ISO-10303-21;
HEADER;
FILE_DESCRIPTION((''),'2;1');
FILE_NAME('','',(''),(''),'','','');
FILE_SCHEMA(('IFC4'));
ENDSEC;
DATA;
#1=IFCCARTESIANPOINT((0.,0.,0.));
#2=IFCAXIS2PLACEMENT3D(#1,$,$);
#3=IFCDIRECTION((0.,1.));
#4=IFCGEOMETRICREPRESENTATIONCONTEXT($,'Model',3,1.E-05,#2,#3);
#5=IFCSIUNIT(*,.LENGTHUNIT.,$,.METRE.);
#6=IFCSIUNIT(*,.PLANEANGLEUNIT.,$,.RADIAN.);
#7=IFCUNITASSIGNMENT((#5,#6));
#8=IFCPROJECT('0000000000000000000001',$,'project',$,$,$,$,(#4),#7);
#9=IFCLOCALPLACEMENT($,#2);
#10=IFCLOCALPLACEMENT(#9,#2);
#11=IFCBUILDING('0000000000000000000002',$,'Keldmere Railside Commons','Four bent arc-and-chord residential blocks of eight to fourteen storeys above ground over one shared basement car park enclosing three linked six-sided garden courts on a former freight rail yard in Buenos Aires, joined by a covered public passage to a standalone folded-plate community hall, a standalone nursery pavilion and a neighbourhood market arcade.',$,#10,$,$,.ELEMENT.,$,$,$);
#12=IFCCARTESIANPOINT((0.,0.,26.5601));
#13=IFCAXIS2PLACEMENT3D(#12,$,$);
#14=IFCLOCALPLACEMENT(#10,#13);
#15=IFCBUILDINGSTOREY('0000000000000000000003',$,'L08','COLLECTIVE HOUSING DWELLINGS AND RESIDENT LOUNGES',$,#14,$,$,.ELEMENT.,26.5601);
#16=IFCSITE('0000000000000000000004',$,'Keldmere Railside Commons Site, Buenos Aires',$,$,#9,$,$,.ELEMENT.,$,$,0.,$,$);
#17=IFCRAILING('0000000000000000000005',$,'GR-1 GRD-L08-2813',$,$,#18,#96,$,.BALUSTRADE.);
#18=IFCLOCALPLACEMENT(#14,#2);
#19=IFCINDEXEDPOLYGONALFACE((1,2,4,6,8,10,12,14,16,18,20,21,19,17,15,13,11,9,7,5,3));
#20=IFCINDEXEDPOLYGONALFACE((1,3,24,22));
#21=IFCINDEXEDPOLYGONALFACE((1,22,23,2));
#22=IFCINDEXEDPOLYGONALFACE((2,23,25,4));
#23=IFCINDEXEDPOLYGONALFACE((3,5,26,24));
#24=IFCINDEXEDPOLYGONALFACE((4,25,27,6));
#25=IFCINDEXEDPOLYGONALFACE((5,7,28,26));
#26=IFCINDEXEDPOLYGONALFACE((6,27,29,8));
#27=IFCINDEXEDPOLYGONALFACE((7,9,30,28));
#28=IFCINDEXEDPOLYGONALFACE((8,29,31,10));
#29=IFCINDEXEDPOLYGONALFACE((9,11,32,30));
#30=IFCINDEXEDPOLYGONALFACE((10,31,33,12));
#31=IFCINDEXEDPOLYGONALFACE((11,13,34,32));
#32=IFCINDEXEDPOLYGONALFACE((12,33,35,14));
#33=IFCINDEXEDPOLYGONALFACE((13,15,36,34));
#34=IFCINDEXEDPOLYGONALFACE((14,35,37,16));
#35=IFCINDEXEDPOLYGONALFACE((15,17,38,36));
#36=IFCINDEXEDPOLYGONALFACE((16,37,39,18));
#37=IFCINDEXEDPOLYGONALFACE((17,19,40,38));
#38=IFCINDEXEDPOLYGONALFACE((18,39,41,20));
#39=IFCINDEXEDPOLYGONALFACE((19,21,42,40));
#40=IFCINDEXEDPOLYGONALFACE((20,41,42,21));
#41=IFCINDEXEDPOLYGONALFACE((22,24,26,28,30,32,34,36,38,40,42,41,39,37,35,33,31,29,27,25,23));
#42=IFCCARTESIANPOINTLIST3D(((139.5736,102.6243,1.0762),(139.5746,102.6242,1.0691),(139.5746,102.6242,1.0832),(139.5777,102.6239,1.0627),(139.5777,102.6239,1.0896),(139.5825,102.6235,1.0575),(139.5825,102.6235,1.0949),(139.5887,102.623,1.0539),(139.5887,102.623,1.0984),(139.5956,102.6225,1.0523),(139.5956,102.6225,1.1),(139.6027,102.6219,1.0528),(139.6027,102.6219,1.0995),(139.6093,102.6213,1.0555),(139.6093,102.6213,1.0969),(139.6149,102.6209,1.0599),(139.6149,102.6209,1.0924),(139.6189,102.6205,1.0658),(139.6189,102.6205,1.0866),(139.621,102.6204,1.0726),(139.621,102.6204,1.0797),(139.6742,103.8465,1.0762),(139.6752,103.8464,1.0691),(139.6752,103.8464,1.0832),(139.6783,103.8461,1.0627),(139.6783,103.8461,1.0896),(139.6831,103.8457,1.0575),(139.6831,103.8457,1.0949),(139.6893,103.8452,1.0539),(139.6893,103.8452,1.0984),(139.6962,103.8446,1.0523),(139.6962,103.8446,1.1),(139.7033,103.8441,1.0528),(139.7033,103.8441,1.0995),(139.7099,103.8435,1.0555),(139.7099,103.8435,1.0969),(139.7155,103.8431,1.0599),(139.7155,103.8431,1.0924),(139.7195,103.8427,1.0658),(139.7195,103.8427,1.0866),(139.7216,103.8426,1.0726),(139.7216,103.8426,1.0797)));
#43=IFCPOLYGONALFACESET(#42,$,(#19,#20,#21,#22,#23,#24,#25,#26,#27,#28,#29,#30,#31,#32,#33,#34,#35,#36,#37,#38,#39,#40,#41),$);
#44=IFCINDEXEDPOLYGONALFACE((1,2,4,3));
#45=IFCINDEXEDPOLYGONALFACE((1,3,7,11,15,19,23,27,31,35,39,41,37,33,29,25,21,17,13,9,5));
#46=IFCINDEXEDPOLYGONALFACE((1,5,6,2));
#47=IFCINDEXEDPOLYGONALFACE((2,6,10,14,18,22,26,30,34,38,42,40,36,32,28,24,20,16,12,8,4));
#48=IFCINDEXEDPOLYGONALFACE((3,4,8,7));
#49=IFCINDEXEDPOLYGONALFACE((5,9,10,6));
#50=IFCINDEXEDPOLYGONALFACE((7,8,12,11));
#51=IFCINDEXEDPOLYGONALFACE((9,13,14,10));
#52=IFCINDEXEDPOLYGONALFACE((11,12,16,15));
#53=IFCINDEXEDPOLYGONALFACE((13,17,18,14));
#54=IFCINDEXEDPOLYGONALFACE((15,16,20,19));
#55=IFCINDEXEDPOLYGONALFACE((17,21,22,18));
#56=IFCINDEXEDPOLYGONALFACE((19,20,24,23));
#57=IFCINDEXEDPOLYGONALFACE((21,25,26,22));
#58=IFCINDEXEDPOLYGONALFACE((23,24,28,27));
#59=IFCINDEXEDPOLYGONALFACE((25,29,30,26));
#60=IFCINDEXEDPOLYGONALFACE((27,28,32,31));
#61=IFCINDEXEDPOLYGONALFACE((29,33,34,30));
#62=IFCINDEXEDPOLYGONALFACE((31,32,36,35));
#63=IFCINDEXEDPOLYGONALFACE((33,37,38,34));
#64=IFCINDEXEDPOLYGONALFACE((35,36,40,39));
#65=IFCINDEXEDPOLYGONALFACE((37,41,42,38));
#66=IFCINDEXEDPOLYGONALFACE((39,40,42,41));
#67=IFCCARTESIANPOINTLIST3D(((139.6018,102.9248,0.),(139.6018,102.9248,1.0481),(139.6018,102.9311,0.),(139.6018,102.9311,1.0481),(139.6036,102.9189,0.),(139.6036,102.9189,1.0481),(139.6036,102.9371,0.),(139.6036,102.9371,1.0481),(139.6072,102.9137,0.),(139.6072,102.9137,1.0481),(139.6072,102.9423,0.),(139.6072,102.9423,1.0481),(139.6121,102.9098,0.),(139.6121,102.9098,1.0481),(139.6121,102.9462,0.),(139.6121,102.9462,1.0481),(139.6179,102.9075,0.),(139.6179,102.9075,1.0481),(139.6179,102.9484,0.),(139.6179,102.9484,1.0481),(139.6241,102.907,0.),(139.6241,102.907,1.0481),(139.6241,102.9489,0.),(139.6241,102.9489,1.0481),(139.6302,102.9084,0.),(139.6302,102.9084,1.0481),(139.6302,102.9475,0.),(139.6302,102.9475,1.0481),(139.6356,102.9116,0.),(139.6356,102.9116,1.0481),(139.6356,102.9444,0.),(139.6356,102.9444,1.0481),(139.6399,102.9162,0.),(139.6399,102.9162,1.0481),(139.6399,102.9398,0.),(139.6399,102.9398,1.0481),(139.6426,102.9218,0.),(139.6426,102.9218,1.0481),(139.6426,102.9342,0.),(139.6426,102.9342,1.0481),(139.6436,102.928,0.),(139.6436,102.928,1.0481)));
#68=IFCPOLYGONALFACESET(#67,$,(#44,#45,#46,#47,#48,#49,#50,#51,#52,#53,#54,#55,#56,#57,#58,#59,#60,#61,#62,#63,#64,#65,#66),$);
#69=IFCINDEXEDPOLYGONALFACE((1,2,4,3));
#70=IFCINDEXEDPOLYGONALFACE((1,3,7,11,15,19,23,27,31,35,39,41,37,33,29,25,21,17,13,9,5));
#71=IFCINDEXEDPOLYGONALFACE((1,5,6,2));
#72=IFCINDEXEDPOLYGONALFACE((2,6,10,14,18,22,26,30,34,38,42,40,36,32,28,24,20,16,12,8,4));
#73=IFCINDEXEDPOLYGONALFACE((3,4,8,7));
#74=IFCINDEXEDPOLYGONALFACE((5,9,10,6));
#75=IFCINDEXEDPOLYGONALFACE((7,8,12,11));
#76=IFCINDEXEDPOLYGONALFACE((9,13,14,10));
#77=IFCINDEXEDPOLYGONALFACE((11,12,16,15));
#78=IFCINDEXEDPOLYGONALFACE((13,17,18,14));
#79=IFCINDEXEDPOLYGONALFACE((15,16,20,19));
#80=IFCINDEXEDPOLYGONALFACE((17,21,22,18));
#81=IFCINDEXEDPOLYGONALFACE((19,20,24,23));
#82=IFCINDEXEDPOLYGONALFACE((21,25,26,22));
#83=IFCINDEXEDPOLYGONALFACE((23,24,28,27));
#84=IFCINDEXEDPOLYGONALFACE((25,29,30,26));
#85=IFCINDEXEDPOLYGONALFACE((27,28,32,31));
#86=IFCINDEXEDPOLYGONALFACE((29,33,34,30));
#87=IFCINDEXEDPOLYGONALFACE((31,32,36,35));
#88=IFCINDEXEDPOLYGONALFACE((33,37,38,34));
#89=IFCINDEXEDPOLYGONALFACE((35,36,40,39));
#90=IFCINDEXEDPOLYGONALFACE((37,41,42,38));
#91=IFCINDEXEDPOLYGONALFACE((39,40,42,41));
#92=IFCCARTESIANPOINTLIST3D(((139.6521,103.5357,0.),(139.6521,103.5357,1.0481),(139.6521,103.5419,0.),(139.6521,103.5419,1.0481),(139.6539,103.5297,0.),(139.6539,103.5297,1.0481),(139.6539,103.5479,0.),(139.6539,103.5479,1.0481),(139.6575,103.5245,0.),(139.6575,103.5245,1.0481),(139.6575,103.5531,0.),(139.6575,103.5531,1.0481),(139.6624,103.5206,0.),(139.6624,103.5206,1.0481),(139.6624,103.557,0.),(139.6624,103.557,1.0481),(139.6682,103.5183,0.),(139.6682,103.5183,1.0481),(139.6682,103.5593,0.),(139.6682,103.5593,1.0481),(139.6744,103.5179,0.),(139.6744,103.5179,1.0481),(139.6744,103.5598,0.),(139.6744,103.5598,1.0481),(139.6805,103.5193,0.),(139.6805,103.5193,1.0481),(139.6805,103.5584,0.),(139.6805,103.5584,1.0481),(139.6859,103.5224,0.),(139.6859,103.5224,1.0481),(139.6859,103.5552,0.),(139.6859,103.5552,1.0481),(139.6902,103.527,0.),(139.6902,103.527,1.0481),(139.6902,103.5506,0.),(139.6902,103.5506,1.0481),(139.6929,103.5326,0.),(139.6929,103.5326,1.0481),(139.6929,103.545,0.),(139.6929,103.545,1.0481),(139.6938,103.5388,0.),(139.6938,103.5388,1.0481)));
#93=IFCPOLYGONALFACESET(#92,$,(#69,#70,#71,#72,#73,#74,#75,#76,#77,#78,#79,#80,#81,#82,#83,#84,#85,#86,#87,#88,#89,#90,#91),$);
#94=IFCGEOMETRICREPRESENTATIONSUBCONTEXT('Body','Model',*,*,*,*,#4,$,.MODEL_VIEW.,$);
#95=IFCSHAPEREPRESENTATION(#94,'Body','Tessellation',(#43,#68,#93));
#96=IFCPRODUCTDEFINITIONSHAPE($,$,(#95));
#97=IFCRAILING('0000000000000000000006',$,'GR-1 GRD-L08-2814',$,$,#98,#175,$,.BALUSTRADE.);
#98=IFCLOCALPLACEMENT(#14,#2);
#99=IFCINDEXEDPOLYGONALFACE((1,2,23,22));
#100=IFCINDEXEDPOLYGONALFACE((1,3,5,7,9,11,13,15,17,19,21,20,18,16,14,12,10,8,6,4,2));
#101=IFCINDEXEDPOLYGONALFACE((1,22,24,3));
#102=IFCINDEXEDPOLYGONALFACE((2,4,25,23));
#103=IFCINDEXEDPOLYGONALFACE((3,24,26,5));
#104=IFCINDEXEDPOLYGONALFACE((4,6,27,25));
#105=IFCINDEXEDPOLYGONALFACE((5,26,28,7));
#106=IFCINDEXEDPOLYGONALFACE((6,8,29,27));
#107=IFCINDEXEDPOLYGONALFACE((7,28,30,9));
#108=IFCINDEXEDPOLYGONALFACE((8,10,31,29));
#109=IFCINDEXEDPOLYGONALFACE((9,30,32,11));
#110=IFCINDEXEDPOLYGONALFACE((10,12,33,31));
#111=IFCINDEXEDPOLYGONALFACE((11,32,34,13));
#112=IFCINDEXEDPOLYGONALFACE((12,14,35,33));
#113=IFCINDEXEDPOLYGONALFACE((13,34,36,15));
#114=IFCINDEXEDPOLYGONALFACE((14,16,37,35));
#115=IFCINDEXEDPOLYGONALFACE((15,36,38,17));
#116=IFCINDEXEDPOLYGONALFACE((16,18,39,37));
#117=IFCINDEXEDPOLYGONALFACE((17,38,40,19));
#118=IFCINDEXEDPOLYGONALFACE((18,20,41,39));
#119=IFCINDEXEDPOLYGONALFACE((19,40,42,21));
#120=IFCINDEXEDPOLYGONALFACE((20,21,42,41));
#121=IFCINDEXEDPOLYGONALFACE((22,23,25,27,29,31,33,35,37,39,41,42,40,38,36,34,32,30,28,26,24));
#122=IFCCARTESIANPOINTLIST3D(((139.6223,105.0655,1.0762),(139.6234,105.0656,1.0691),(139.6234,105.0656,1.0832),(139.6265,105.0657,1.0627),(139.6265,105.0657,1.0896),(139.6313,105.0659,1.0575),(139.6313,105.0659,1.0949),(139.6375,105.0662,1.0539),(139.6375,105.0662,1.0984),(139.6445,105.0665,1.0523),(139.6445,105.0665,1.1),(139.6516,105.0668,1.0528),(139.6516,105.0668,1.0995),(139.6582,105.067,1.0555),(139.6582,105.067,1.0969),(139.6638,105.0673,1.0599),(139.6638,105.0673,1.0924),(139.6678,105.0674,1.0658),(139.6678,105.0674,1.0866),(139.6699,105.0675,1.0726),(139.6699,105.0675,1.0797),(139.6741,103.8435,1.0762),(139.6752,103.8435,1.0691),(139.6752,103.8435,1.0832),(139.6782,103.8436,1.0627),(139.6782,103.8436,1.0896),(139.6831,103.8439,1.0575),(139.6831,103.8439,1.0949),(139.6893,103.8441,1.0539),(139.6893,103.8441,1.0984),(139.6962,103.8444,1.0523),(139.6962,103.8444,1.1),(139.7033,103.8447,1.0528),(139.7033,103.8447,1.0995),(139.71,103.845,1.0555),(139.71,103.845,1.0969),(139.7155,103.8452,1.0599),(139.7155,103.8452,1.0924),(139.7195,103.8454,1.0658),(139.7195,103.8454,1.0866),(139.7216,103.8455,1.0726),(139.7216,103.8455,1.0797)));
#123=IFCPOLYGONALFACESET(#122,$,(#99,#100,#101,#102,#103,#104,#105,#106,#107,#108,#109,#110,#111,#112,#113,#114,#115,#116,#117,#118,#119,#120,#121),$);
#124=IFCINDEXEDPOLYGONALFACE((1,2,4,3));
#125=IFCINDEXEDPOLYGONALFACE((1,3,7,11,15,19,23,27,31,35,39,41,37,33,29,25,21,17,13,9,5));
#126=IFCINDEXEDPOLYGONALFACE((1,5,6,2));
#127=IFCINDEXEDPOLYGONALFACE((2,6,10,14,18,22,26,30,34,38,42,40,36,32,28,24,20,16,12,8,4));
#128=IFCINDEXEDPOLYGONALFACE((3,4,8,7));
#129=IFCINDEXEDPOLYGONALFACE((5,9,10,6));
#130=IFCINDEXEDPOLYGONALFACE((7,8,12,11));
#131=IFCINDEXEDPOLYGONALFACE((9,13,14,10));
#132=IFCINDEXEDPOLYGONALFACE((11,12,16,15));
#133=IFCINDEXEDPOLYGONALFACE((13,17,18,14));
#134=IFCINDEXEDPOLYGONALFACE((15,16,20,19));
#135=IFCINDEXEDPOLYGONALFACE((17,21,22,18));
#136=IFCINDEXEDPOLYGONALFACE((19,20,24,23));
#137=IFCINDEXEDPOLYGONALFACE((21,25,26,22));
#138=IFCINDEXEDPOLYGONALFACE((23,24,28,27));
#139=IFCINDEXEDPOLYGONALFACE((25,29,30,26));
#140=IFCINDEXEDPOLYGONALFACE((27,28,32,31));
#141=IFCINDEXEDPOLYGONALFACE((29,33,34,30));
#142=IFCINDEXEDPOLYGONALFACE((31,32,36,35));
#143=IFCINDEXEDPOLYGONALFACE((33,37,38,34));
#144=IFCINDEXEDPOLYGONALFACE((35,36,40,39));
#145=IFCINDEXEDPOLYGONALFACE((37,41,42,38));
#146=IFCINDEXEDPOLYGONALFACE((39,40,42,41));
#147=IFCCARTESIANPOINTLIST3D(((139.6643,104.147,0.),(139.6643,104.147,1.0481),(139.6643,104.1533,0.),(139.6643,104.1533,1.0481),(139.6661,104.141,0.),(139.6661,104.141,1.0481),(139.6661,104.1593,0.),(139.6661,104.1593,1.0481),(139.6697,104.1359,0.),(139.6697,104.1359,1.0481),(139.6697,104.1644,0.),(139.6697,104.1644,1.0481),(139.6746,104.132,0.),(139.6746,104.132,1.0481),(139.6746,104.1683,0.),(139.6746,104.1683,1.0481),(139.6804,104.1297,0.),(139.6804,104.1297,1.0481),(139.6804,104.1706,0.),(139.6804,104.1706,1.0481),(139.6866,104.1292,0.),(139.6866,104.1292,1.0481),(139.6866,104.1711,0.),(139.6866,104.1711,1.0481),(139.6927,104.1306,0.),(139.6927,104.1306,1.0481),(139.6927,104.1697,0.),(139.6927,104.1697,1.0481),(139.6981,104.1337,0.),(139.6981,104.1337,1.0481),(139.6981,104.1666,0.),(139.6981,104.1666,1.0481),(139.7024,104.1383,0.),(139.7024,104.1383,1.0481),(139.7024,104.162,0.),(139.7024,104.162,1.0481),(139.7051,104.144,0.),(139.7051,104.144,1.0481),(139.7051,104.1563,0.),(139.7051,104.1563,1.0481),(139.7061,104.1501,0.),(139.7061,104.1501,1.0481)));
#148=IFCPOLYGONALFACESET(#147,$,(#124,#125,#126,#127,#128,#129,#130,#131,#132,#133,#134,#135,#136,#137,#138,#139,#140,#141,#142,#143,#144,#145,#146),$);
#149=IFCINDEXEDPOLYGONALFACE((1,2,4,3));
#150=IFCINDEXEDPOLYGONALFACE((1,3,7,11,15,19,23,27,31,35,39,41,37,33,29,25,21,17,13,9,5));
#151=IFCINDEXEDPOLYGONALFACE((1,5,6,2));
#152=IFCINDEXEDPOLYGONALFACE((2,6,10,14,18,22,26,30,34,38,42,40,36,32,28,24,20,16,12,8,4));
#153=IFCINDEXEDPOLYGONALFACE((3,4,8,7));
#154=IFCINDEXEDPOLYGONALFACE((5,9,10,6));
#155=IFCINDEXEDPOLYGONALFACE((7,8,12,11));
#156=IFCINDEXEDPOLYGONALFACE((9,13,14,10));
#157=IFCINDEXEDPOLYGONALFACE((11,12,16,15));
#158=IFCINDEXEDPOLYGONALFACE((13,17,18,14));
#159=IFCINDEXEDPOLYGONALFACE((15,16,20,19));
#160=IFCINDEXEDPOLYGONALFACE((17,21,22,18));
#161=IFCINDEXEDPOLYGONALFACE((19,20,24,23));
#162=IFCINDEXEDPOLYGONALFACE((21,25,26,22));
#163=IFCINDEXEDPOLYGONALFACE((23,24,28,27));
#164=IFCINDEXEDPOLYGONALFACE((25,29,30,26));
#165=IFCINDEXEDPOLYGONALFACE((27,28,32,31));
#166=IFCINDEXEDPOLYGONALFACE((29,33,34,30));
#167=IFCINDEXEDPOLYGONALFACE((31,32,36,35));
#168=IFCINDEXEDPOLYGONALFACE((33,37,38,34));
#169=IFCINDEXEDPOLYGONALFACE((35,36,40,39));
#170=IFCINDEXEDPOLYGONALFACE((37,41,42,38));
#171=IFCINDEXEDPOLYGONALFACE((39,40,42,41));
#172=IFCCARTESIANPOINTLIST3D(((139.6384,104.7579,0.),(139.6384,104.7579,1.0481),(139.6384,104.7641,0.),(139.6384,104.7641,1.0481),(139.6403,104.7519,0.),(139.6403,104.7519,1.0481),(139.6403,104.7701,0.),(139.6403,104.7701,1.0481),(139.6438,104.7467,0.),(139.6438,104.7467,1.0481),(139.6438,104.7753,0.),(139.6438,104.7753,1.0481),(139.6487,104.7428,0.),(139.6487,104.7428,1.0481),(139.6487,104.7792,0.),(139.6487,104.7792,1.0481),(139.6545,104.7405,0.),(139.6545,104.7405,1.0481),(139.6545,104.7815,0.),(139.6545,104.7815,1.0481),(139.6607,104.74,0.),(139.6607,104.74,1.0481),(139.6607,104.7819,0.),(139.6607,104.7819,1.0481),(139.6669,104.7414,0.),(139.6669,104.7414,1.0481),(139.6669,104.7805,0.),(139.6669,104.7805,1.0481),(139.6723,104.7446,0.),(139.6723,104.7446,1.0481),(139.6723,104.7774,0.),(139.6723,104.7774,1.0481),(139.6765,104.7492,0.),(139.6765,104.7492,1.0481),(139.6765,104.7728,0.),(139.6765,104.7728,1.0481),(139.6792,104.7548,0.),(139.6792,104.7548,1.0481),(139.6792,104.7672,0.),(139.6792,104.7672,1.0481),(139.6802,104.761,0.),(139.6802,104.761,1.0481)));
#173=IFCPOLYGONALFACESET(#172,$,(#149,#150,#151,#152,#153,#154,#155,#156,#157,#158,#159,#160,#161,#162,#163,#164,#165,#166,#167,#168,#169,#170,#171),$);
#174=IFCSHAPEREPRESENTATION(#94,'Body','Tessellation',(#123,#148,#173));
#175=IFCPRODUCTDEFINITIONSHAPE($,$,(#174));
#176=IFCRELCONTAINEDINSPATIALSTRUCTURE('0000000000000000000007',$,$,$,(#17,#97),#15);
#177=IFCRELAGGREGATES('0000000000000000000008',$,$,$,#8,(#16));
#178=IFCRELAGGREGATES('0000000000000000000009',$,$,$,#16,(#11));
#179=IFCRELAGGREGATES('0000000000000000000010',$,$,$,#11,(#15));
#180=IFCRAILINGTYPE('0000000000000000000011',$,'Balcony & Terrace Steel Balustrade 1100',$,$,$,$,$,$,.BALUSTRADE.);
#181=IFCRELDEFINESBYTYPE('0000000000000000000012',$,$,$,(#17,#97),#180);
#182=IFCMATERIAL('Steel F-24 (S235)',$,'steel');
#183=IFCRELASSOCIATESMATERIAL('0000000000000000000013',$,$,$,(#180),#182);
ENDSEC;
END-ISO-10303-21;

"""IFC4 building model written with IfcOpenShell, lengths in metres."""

from ifc_helpers import new_model, si_unit, direction, frame, origin, origin_2d, place, context, subcontext, project, spatial, circle, extrude, material, type_object, element, save


model = new_model("IFC4")

# Units and contexts
model_context = context("Model", 3, precision=1e-05, world=origin(), true_north=direction((0.0, 1.0)))
body_context = subcontext(model_context, "Body", "Model", "MODEL_VIEW")
ifc_project = project(units=[si_unit("LENGTHUNIT", "METRE"), si_unit("PLANEANGLEUNIT", "RADIAN")], contexts=[model_context])

# Site, building, storey
site_placement = place(None, origin())
site = spatial("IfcSite", under=ifc_project, at=site_placement, Name="Keldmere Railside Commons Site, Buenos Aires", CompositionType="ELEMENT", RefElevation=0.0)
building_placement = place(site_placement, origin())
building = spatial("IfcBuilding", under=site, at=building_placement, Name="Keldmere Railside Commons", Description="Four bent arc-and-chord residential blocks of eight to fourteen storeys above ground over one shared basement car park enclosing three linked six-sided garden courts on a former freight rail yard in Buenos Aires, joined by a covered public passage to a standalone folded-plate community hall, a standalone nursery pavilion and a neighbourhood market arcade.", CompositionType="ELEMENT")
storey_placement = place(building_placement, frame((0.0, 0.0, 26.5601)))
storey = spatial("IfcBuildingStorey", under=building, at=storey_placement, Name="L08", Description="COLLECTIVE HOUSING DWELLINGS AND RESIDENT LOUNGES", CompositionType="ELEMENT", Elevation=26.5601)

# Shared definitions
ifc_material_1 = material(Name="Steel F-24 (S235)", Category="steel")

# Railings
railing_type_1 = type_object("IfcRailingType", Name="Balcony & Terrace Steel Balustrade 1100", PredefinedType="BALUSTRADE", material=ifc_material_1)
railing_1_placement = place(storey_placement, frame((139.5974, 102.6223, 0.0)))
element("IfcRailing", 1, at=railing_1_placement, inside=storey, type_object=railing_type_1, Name="GR-1 GRD-L08-2813", PredefinedType="BALUSTRADE", context=body_context, shape_type="SweptSolid", body=[
    extrude(circle(Radius=0.0239, at=origin_2d()), frame((0.0, 0.0, 1.0762), z_axis=(0.082024, 0.99663, 0.0), x_axis=(-0.99663, 0.082024, 0.0)), (0.0, 0.0, 1.0), 1.2263),
    extrude(circle(Radius=0.021, at=origin_2d()), frame((0.0251, 0.3057, 0.0)), (0.0, 0.0, 1.0), 1.0481),
    extrude(circle(Radius=0.021, at=origin_2d()), frame((0.0754, 0.9165, 0.0)), (0.0, 0.0, 1.0), 1.0481),
])
railing_2_placement = place(storey_placement, frame((139.698, 103.8445, 0.0)))
element("IfcRailing", 2, at=railing_2_placement, inside=storey, type_object=railing_type_1, Name="GR-1 GRD-L08-2814", PredefinedType="BALUSTRADE", context=body_context, shape_type="SweptSolid", body=[
    extrude(circle(Radius=0.0239, at=origin_2d()), frame((0.0, 0.0, 1.0762), z_axis=(-0.042311, 0.999104, 0.0), x_axis=(-0.999104, -0.042311, 0.0)), (0.0, 0.0, 1.0), 1.2231),
    extrude(circle(Radius=0.021, at=origin_2d()), frame((-0.0129, 0.3057, 0.0)), (0.0, 0.0, 1.0), 1.0481),
    extrude(circle(Radius=0.021, at=origin_2d()), frame((-0.0388, 0.9165, 0.0)), (0.0, 0.0, 1.0), 1.0481),
])

save(model, "model.ifc")
